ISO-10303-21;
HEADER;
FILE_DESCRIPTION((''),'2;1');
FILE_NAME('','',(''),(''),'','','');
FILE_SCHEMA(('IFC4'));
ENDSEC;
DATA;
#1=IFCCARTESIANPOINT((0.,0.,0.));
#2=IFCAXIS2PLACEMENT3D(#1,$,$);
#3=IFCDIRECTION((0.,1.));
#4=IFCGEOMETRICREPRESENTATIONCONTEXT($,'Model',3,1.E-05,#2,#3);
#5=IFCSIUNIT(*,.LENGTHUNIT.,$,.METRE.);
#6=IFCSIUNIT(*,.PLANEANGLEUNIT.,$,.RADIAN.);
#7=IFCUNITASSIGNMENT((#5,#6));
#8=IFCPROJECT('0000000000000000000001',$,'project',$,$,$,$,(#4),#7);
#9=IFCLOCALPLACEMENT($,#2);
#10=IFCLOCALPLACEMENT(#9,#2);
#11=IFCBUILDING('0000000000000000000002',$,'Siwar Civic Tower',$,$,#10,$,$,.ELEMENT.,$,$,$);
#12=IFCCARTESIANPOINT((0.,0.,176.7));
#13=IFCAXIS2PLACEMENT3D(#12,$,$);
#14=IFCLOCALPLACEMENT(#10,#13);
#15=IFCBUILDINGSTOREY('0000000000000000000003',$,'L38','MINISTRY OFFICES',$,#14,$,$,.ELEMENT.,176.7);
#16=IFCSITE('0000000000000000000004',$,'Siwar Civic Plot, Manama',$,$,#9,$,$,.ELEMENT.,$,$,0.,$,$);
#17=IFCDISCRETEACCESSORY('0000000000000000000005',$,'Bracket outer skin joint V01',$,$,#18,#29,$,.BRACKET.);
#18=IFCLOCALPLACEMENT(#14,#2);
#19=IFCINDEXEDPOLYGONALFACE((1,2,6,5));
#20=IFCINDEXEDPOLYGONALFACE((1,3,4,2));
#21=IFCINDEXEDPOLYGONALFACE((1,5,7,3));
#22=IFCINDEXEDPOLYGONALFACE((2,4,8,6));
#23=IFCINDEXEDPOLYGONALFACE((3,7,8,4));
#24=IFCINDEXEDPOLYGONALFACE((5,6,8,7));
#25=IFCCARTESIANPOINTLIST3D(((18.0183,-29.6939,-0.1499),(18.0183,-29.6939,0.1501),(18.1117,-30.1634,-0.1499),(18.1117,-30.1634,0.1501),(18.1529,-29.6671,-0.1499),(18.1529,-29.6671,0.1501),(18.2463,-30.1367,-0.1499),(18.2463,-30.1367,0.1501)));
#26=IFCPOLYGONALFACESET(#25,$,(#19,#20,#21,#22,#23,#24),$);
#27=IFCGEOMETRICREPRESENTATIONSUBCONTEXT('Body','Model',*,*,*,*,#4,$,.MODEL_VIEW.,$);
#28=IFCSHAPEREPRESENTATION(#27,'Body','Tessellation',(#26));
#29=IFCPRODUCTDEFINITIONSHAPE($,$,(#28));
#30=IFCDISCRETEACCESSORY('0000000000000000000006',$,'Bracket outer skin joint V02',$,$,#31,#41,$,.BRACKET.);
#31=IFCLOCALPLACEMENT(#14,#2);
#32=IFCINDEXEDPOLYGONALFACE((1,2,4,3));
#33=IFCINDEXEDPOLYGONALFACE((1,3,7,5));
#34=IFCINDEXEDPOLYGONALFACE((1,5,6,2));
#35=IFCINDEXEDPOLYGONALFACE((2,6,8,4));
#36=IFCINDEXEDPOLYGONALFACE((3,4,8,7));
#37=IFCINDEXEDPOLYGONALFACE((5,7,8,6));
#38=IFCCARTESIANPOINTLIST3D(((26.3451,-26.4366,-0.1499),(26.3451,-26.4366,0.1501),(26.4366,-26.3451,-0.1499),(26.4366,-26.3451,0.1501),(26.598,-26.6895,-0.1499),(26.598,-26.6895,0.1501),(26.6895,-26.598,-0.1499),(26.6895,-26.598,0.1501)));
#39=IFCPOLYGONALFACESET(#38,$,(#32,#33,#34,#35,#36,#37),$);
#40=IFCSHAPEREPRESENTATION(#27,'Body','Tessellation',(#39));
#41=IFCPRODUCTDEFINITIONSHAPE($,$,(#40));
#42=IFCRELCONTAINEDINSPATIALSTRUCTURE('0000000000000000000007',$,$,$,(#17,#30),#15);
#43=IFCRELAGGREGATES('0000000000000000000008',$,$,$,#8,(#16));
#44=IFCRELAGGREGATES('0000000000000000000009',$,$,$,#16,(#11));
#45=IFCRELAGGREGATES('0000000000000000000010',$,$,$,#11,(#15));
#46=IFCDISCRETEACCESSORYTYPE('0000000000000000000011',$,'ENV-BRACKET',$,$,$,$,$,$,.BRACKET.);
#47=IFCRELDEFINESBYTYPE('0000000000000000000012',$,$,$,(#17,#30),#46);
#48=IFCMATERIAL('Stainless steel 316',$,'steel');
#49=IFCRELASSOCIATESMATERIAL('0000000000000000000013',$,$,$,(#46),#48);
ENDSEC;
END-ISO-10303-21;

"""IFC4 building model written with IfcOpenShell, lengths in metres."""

from ifc_helpers import new_model, si_unit, direction, frame, origin, origin_2d, place, context, subcontext, project, spatial, rectangle, extrude, material, type_object, element, save


model = new_model("IFC4")

# Units and contexts
model_context = context("Model", 3, precision=1e-05, world=origin(), true_north=direction((0.0, 1.0)))
body_context = subcontext(model_context, "Body", "Model", "MODEL_VIEW")
ifc_project = project(units=[si_unit("LENGTHUNIT", "METRE"), si_unit("PLANEANGLEUNIT", "RADIAN")], contexts=[model_context])

# Site, building, storey
site_placement = place(None, origin())
site = spatial("IfcSite", under=ifc_project, at=site_placement, Name="Siwar Civic Plot, Manama", CompositionType="ELEMENT", RefElevation=0.0)
building_placement = place(site_placement, origin())
building = spatial("IfcBuilding", under=site, at=building_placement, Name="Siwar Civic Tower", CompositionType="ELEMENT")
storey_placement = place(building_placement, frame((0.0, 0.0, 176.7)))
storey = spatial("IfcBuildingStorey", under=building, at=storey_placement, Name="L38", Description="MINISTRY OFFICES", CompositionType="ELEMENT", Elevation=176.7)

# Discrete accessories
ifc_material_1 = material(Name="Stainless steel 316", Category="steel")
discrete_accessory_type = type_object("IfcDiscreteAccessoryType", Name="ENV-BRACKET", PredefinedType="BRACKET", material=ifc_material_1)
discrete_accessory_1_placement = place(storey_placement, frame((18.1323, -29.9153, -0.1499), z_axis=(0.0, 0.0, 1.0), x_axis=(0.19509, -0.980785, 0.0)))
element("IfcDiscreteAccessory", 1, at=discrete_accessory_1_placement, inside=storey, type_object=discrete_accessory_type, Name="Bracket outer skin joint V01", PredefinedType="BRACKET", context=body_context, shape_type="SweptSolid", body=[
    extrude(rectangle(XDim=0.4788, YDim=0.1372, at=origin_2d()), origin(), (0.0, 0.0, 1.0), 0.3),
])
discrete_accessory_2_placement = place(storey_placement, frame((26.5173, -26.5173, -0.1499), z_axis=(0.0, 0.0, 1.0), x_axis=(0.707107, -0.707107, 0.0)))
element("IfcDiscreteAccessory", 2, at=discrete_accessory_2_placement, inside=storey, type_object=discrete_accessory_type, Name="Bracket outer skin joint V02", PredefinedType="BRACKET", context=body_context, shape_type="SweptSolid", body=[
    extrude(rectangle(XDim=0.3577, YDim=0.1294, at=origin_2d()), origin(), (0.0, 0.0, 1.0), 0.3),
])

save(model, "model.ifc")
